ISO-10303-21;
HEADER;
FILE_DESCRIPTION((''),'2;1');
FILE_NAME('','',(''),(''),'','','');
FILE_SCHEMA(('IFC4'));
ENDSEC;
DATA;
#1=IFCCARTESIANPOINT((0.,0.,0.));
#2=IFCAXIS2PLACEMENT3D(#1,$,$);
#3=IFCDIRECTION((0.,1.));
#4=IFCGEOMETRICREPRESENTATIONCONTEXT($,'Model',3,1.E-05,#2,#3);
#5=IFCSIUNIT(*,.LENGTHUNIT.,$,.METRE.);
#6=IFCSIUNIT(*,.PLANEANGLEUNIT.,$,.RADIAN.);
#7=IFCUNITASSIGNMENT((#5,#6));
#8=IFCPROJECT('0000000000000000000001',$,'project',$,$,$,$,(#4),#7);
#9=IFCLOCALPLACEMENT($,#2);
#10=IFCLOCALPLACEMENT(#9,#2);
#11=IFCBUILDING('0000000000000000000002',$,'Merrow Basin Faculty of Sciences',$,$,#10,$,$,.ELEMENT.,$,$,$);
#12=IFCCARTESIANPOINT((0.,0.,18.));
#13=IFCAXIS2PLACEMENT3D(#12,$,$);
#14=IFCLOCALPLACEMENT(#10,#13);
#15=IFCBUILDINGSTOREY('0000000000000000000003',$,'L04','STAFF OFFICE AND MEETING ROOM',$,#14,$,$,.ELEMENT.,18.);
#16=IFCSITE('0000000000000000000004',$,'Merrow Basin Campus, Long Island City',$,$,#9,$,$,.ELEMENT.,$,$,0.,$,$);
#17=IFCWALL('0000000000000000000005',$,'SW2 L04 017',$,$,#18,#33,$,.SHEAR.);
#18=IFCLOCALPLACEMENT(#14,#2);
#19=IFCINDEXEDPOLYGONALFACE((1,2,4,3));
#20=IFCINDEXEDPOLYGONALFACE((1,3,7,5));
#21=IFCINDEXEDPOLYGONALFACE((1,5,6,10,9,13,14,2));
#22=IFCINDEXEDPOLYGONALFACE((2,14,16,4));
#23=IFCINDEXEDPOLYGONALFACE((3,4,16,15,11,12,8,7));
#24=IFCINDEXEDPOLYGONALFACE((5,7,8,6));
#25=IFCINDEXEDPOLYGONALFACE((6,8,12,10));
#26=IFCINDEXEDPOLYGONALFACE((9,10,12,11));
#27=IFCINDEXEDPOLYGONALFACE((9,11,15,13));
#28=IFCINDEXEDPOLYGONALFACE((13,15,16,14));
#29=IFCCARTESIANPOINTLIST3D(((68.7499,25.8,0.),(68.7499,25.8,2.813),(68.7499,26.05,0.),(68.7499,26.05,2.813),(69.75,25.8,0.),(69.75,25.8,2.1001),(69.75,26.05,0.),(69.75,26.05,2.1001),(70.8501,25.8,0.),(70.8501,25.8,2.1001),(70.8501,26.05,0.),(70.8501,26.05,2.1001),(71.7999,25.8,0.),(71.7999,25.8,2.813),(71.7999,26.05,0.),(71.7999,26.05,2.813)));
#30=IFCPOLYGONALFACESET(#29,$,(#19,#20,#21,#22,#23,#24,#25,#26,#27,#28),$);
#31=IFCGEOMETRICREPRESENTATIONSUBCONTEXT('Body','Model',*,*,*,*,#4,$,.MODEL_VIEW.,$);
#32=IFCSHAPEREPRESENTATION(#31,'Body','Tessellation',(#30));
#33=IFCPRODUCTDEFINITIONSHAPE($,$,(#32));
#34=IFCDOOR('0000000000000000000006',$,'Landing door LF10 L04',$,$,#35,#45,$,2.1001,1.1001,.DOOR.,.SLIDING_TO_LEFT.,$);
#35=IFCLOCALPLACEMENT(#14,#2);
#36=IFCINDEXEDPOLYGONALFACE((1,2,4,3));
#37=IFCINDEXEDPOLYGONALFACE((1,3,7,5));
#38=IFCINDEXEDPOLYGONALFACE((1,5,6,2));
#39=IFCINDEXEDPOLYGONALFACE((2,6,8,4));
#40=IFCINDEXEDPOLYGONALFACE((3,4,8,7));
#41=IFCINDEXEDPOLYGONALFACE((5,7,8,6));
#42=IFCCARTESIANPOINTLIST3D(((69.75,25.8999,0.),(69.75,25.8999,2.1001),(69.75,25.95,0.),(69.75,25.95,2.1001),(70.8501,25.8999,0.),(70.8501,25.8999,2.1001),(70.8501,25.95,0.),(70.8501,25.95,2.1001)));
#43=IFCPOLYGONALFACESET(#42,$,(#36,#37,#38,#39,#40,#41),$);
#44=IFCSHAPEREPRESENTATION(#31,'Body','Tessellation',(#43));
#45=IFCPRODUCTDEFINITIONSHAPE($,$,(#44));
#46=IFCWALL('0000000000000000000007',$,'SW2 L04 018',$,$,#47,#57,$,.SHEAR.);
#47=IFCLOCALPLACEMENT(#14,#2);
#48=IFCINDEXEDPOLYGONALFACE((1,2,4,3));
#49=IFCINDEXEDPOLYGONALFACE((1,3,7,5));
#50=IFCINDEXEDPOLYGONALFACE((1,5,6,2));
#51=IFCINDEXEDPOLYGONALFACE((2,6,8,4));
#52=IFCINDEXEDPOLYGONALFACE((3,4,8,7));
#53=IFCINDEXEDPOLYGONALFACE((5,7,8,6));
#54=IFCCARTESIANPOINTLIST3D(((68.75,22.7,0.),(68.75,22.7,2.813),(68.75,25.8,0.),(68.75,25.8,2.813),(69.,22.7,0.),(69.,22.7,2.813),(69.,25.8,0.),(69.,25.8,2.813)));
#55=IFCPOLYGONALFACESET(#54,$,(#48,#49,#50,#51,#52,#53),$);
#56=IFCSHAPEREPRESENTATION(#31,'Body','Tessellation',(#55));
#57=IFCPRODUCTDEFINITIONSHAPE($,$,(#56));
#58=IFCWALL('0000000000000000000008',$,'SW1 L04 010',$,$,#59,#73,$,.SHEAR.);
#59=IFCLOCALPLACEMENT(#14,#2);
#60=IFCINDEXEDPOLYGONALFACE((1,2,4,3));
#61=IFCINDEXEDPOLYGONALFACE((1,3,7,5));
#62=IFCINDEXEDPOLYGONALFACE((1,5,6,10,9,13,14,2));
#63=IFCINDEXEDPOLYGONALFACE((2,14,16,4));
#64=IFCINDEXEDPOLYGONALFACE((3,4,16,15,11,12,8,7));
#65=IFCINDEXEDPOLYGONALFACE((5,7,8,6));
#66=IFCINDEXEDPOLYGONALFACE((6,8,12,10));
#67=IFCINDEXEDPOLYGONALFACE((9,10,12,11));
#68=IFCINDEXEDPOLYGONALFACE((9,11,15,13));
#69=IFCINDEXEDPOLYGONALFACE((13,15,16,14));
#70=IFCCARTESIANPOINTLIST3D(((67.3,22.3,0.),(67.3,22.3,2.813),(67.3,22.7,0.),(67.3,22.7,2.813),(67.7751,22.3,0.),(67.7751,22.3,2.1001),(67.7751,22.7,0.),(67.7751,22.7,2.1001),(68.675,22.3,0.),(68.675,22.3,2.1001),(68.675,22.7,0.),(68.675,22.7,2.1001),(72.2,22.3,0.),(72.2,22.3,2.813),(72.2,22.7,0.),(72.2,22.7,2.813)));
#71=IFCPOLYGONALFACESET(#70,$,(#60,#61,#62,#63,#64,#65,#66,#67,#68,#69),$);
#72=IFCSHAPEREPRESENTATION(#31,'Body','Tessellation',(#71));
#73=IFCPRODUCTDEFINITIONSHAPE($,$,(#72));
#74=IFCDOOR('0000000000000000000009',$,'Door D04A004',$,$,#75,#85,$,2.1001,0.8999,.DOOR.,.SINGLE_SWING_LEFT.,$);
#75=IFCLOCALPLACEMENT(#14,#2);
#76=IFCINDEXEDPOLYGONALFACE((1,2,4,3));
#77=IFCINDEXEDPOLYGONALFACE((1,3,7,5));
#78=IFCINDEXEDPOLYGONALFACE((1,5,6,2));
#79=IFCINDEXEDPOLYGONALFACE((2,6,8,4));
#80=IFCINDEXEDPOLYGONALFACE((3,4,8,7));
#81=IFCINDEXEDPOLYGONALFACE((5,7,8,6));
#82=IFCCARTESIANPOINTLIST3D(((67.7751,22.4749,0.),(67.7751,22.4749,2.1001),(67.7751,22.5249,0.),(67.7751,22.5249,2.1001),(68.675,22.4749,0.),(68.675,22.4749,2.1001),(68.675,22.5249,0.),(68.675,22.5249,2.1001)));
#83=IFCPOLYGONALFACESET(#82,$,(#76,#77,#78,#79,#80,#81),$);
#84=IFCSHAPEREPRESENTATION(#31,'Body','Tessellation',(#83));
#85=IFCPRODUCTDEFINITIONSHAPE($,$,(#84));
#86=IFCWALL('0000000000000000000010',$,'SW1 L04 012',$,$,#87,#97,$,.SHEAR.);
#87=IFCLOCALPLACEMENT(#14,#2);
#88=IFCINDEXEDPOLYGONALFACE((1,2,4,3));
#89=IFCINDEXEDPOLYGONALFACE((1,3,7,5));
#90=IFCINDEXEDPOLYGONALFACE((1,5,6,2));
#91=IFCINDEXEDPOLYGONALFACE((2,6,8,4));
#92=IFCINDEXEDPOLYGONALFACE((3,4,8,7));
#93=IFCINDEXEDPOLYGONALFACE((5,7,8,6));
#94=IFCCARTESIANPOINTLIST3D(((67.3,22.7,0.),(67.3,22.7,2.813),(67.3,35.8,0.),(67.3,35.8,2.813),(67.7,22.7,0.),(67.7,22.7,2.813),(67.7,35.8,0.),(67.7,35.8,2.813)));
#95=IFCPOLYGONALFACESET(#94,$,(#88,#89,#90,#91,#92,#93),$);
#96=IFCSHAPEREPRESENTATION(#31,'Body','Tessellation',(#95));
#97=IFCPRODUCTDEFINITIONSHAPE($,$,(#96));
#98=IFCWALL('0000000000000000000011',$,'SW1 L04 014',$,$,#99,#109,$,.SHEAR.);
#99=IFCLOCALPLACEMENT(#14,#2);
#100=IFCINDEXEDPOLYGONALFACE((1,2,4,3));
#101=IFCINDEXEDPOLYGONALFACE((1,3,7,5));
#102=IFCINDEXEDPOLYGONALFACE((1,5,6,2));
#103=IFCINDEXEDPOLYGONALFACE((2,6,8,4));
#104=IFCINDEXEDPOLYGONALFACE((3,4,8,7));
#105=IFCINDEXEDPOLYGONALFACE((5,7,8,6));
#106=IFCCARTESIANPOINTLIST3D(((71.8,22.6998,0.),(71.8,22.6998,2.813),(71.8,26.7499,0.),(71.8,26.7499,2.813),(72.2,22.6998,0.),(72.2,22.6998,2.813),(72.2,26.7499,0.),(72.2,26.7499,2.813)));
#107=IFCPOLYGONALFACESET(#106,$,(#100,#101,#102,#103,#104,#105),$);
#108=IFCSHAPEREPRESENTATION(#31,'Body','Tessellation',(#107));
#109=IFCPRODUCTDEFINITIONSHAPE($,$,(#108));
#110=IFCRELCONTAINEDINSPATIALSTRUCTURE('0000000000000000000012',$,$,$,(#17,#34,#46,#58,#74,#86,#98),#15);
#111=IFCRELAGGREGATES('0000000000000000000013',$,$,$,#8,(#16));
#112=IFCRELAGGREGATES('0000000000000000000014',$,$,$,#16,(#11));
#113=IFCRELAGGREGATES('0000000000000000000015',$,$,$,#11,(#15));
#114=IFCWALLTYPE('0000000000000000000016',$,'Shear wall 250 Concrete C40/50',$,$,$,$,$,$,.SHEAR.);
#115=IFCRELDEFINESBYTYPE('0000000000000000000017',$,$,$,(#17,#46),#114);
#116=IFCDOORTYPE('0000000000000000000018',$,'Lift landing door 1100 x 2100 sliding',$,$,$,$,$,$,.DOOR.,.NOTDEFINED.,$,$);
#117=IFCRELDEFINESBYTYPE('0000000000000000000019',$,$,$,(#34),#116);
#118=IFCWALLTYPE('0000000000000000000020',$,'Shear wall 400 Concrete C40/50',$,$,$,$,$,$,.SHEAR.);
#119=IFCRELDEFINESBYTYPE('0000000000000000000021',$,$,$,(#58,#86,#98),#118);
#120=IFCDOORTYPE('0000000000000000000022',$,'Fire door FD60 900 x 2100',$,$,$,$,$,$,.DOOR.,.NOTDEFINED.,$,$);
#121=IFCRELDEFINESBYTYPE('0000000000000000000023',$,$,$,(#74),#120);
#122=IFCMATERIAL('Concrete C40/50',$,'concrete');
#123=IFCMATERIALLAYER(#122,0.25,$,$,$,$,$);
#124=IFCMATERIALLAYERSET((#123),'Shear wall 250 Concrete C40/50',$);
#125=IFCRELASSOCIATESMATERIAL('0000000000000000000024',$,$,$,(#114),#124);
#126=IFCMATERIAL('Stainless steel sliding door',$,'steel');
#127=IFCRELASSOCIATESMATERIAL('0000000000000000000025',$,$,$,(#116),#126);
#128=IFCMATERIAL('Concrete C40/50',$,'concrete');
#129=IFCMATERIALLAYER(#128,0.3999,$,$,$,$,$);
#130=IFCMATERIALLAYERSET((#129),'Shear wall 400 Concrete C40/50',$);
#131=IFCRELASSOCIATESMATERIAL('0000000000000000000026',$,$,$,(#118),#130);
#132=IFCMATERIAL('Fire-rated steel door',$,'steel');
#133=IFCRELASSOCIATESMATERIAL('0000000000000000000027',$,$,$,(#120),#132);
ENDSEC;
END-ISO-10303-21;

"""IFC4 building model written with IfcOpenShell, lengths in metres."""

from ifc_helpers import new_model, si_unit, direction, frame, frame_2d, origin, place, context, subcontext, project, spatial, rectangle, extrude, material, layer, layer_set, type_object, element, fill, save


model = new_model("IFC4")

# Units and contexts
model_context = context("Model", 3, precision=1e-05, world=origin(), true_north=direction((0.0, 1.0)))
body_context = subcontext(model_context, "Body", "Model", "MODEL_VIEW")
ifc_project = project(units=[si_unit("LENGTHUNIT", "METRE"), si_unit("PLANEANGLEUNIT", "RADIAN")], contexts=[model_context])

# Site, building, storey
site_placement = place(None, origin())
site = spatial("IfcSite", under=ifc_project, at=site_placement, Name="Merrow Basin Campus, Long Island City", CompositionType="ELEMENT", RefElevation=0.0)
building_placement = place(site_placement, origin())
building = spatial("IfcBuilding", under=site, at=building_placement, Name="Merrow Basin Faculty of Sciences", CompositionType="ELEMENT")
storey_placement = place(building_placement, frame((0.0, 0.0, 18.0)))
storey = spatial("IfcBuildingStorey", under=building, at=storey_placement, Name="L04", Description="STAFF OFFICE AND MEETING ROOM", CompositionType="ELEMENT", Elevation=18.0)

# Wall, opening, door
ifc_material_1 = material(Name="Concrete C40/50", Category="concrete")
ifc_layer_1 = layer(ifc_material_1, 0.25)
ifc_layer_set_1 = layer_set([ifc_layer_1], Name="Shear wall 250 Concrete C40/50")
wall_type_1 = type_object("IfcWallType", Name="Shear wall 250 Concrete C40/50", PredefinedType="SHEAR", material=ifc_layer_set_1)
wall_1_placement = place(storey_placement, frame((68.75, 25.925, 0.0), z_axis=(0.0, 0.0, 1.0), x_axis=(1.0, 0.0, 0.0)))
wall_1 = element("IfcWall", 1, at=wall_1_placement, inside=storey, type_object=wall_type_1, Name="SW2 L04 017", PredefinedType="SHEAR", context=body_context, shape_type="SweptSolid", body=[
    extrude(rectangle(XDim=3.05, YDim=0.25, at=frame_2d((1.5249, 0.0))), origin(), (0.0, 0.0, 1.0), 2.813),
])
opening_1_placement = place(wall_1_placement, frame((1.0, 0.0, 0.0)))
opening_1 = element("IfcOpeningElement", 2, at=opening_1_placement, cuts=wall_1, PredefinedType="OPENING", context=body_context, shape_type="SweptSolid", body=[
    extrude(rectangle(XDim=1.1001, YDim=2.1001, at=frame_2d((0.55, 1.05))), frame((0.0, 0.135, 0.0), z_axis=(0.0, -1.0, 0.0), x_axis=(1.0, 0.0, 0.0)), (0.0, 0.0, 1.0), 0.27),
])
ifc_material_2 = material(Name="Stainless steel sliding door", Category="steel")
door_type_1 = type_object("IfcDoorType", Name="Lift landing door 1100 x 2100 sliding", OperationType="NOTDEFINED", PredefinedType="DOOR", material=ifc_material_2)
door_1_placement = place(opening_1_placement, origin())
door_1 = element("IfcDoor", 3, at=door_1_placement, inside=storey, type_object=door_type_1, Name="Landing door LF10 L04", OperationType="SLIDING_TO_LEFT", OverallHeight=2.1001, OverallWidth=1.1001, PredefinedType="DOOR", context=body_context, shape_type="SweptSolid", body=[
    extrude(rectangle(XDim=1.1001, YDim=2.1001, at=frame_2d((0.55, 1.05))), frame((0.0, 0.0249, 0.0), z_axis=(0.0, -1.0, 0.0), x_axis=(1.0, 0.0, 0.0)), (0.0, 0.0, 1.0), 0.05),
])
fill(opening_1, door_1)

# Wall
wall_2_placement = place(storey_placement, frame((68.875, 22.7, 0.0), z_axis=(0.0, 0.0, 1.0), x_axis=(0.0, 1.0, 0.0)))
element("IfcWall", 4, at=wall_2_placement, inside=storey, type_object=wall_type_1, Name="SW2 L04 018", PredefinedType="SHEAR", context=body_context, shape_type="SweptSolid", body=[
    extrude(rectangle(XDim=3.1001, YDim=0.25, at=frame_2d((1.55, 0.0))), origin(), (0.0, 0.0, 1.0), 2.813),
])

# Wall, opening, door
ifc_material_3 = material(Name="Concrete C40/50", Category="concrete")
ifc_layer_2 = layer(ifc_material_3, 0.3999)
ifc_layer_set_2 = layer_set([ifc_layer_2], Name="Shear wall 400 Concrete C40/50")
wall_type_2 = type_object("IfcWallType", Name="Shear wall 400 Concrete C40/50", PredefinedType="SHEAR", material=ifc_layer_set_2)
wall_3_placement = place(storey_placement, frame((67.3, 22.5, 0.0), z_axis=(0.0, 0.0, 1.0), x_axis=(1.0, 0.0, 0.0)))
wall_3 = element("IfcWall", 5, at=wall_3_placement, inside=storey, type_object=wall_type_2, Name="SW1 L04 010", PredefinedType="SHEAR", context=body_context, shape_type="SweptSolid", body=[
    extrude(rectangle(XDim=4.8999, YDim=0.3999, at=frame_2d((2.45, 0.0))), origin(), (0.0, 0.0, 1.0), 2.813),
])
opening_2_placement = place(wall_3_placement, frame((0.4751, 0.0, 0.0)))
opening_2 = element("IfcOpeningElement", 6, at=opening_2_placement, cuts=wall_3, PredefinedType="OPENING", context=body_context, shape_type="SweptSolid", body=[
    extrude(rectangle(XDim=0.8999, YDim=2.1001, at=frame_2d((0.45, 1.05))), frame((0.0, 0.21, 0.0), z_axis=(0.0, -1.0, 0.0), x_axis=(1.0, 0.0, 0.0)), (0.0, 0.0, 1.0), 0.4199),
])
ifc_material_4 = material(Name="Fire-rated steel door", Category="steel")
door_type_2 = type_object("IfcDoorType", Name="Fire door FD60 900 x 2100", OperationType="NOTDEFINED", PredefinedType="DOOR", material=ifc_material_4)
door_2_placement = place(opening_2_placement, origin())
door_2 = element("IfcDoor", 7, at=door_2_placement, inside=storey, type_object=door_type_2, Name="Door D04A004", OperationType="SINGLE_SWING_LEFT", OverallHeight=2.1001, OverallWidth=0.8999, PredefinedType="DOOR", context=body_context, shape_type="SweptSolid", body=[
    extrude(rectangle(XDim=0.8999, YDim=2.1001, at=frame_2d((0.45, 1.05))), frame((0.0, 0.0249, 0.0), z_axis=(0.0, -1.0, 0.0), x_axis=(1.0, 0.0, 0.0)), (0.0, 0.0, 1.0), 0.05),
])
fill(opening_2, door_2)

# Walls
wall_4_placement = place(storey_placement, frame((67.5, 22.7, 0.0), z_axis=(0.0, 0.0, 1.0), x_axis=(0.0, 1.0, 0.0)))
element("IfcWall", 8, at=wall_4_placement, inside=storey, type_object=wall_type_2, Name="SW1 L04 012", PredefinedType="SHEAR", context=body_context, shape_type="SweptSolid", body=[
    extrude(rectangle(XDim=13.1001, YDim=0.3999, at=frame_2d((6.55, 0.0))), origin(), (0.0, 0.0, 1.0), 2.813),
])
wall_5_placement = place(storey_placement, frame((72.0, 22.7, 0.0), z_axis=(0.0, 0.0, 1.0), x_axis=(0.0, 1.0, 0.0)))
element("IfcWall", 9, at=wall_5_placement, inside=storey, type_object=wall_type_2, Name="SW1 L04 014", PredefinedType="SHEAR", context=body_context, shape_type="SweptSolid", body=[
    extrude(rectangle(XDim=4.05, YDim=0.3999, at=frame_2d((2.0249, 0.0))), origin(), (0.0, 0.0, 1.0), 2.813),
])

save(model, "model.ifc")
